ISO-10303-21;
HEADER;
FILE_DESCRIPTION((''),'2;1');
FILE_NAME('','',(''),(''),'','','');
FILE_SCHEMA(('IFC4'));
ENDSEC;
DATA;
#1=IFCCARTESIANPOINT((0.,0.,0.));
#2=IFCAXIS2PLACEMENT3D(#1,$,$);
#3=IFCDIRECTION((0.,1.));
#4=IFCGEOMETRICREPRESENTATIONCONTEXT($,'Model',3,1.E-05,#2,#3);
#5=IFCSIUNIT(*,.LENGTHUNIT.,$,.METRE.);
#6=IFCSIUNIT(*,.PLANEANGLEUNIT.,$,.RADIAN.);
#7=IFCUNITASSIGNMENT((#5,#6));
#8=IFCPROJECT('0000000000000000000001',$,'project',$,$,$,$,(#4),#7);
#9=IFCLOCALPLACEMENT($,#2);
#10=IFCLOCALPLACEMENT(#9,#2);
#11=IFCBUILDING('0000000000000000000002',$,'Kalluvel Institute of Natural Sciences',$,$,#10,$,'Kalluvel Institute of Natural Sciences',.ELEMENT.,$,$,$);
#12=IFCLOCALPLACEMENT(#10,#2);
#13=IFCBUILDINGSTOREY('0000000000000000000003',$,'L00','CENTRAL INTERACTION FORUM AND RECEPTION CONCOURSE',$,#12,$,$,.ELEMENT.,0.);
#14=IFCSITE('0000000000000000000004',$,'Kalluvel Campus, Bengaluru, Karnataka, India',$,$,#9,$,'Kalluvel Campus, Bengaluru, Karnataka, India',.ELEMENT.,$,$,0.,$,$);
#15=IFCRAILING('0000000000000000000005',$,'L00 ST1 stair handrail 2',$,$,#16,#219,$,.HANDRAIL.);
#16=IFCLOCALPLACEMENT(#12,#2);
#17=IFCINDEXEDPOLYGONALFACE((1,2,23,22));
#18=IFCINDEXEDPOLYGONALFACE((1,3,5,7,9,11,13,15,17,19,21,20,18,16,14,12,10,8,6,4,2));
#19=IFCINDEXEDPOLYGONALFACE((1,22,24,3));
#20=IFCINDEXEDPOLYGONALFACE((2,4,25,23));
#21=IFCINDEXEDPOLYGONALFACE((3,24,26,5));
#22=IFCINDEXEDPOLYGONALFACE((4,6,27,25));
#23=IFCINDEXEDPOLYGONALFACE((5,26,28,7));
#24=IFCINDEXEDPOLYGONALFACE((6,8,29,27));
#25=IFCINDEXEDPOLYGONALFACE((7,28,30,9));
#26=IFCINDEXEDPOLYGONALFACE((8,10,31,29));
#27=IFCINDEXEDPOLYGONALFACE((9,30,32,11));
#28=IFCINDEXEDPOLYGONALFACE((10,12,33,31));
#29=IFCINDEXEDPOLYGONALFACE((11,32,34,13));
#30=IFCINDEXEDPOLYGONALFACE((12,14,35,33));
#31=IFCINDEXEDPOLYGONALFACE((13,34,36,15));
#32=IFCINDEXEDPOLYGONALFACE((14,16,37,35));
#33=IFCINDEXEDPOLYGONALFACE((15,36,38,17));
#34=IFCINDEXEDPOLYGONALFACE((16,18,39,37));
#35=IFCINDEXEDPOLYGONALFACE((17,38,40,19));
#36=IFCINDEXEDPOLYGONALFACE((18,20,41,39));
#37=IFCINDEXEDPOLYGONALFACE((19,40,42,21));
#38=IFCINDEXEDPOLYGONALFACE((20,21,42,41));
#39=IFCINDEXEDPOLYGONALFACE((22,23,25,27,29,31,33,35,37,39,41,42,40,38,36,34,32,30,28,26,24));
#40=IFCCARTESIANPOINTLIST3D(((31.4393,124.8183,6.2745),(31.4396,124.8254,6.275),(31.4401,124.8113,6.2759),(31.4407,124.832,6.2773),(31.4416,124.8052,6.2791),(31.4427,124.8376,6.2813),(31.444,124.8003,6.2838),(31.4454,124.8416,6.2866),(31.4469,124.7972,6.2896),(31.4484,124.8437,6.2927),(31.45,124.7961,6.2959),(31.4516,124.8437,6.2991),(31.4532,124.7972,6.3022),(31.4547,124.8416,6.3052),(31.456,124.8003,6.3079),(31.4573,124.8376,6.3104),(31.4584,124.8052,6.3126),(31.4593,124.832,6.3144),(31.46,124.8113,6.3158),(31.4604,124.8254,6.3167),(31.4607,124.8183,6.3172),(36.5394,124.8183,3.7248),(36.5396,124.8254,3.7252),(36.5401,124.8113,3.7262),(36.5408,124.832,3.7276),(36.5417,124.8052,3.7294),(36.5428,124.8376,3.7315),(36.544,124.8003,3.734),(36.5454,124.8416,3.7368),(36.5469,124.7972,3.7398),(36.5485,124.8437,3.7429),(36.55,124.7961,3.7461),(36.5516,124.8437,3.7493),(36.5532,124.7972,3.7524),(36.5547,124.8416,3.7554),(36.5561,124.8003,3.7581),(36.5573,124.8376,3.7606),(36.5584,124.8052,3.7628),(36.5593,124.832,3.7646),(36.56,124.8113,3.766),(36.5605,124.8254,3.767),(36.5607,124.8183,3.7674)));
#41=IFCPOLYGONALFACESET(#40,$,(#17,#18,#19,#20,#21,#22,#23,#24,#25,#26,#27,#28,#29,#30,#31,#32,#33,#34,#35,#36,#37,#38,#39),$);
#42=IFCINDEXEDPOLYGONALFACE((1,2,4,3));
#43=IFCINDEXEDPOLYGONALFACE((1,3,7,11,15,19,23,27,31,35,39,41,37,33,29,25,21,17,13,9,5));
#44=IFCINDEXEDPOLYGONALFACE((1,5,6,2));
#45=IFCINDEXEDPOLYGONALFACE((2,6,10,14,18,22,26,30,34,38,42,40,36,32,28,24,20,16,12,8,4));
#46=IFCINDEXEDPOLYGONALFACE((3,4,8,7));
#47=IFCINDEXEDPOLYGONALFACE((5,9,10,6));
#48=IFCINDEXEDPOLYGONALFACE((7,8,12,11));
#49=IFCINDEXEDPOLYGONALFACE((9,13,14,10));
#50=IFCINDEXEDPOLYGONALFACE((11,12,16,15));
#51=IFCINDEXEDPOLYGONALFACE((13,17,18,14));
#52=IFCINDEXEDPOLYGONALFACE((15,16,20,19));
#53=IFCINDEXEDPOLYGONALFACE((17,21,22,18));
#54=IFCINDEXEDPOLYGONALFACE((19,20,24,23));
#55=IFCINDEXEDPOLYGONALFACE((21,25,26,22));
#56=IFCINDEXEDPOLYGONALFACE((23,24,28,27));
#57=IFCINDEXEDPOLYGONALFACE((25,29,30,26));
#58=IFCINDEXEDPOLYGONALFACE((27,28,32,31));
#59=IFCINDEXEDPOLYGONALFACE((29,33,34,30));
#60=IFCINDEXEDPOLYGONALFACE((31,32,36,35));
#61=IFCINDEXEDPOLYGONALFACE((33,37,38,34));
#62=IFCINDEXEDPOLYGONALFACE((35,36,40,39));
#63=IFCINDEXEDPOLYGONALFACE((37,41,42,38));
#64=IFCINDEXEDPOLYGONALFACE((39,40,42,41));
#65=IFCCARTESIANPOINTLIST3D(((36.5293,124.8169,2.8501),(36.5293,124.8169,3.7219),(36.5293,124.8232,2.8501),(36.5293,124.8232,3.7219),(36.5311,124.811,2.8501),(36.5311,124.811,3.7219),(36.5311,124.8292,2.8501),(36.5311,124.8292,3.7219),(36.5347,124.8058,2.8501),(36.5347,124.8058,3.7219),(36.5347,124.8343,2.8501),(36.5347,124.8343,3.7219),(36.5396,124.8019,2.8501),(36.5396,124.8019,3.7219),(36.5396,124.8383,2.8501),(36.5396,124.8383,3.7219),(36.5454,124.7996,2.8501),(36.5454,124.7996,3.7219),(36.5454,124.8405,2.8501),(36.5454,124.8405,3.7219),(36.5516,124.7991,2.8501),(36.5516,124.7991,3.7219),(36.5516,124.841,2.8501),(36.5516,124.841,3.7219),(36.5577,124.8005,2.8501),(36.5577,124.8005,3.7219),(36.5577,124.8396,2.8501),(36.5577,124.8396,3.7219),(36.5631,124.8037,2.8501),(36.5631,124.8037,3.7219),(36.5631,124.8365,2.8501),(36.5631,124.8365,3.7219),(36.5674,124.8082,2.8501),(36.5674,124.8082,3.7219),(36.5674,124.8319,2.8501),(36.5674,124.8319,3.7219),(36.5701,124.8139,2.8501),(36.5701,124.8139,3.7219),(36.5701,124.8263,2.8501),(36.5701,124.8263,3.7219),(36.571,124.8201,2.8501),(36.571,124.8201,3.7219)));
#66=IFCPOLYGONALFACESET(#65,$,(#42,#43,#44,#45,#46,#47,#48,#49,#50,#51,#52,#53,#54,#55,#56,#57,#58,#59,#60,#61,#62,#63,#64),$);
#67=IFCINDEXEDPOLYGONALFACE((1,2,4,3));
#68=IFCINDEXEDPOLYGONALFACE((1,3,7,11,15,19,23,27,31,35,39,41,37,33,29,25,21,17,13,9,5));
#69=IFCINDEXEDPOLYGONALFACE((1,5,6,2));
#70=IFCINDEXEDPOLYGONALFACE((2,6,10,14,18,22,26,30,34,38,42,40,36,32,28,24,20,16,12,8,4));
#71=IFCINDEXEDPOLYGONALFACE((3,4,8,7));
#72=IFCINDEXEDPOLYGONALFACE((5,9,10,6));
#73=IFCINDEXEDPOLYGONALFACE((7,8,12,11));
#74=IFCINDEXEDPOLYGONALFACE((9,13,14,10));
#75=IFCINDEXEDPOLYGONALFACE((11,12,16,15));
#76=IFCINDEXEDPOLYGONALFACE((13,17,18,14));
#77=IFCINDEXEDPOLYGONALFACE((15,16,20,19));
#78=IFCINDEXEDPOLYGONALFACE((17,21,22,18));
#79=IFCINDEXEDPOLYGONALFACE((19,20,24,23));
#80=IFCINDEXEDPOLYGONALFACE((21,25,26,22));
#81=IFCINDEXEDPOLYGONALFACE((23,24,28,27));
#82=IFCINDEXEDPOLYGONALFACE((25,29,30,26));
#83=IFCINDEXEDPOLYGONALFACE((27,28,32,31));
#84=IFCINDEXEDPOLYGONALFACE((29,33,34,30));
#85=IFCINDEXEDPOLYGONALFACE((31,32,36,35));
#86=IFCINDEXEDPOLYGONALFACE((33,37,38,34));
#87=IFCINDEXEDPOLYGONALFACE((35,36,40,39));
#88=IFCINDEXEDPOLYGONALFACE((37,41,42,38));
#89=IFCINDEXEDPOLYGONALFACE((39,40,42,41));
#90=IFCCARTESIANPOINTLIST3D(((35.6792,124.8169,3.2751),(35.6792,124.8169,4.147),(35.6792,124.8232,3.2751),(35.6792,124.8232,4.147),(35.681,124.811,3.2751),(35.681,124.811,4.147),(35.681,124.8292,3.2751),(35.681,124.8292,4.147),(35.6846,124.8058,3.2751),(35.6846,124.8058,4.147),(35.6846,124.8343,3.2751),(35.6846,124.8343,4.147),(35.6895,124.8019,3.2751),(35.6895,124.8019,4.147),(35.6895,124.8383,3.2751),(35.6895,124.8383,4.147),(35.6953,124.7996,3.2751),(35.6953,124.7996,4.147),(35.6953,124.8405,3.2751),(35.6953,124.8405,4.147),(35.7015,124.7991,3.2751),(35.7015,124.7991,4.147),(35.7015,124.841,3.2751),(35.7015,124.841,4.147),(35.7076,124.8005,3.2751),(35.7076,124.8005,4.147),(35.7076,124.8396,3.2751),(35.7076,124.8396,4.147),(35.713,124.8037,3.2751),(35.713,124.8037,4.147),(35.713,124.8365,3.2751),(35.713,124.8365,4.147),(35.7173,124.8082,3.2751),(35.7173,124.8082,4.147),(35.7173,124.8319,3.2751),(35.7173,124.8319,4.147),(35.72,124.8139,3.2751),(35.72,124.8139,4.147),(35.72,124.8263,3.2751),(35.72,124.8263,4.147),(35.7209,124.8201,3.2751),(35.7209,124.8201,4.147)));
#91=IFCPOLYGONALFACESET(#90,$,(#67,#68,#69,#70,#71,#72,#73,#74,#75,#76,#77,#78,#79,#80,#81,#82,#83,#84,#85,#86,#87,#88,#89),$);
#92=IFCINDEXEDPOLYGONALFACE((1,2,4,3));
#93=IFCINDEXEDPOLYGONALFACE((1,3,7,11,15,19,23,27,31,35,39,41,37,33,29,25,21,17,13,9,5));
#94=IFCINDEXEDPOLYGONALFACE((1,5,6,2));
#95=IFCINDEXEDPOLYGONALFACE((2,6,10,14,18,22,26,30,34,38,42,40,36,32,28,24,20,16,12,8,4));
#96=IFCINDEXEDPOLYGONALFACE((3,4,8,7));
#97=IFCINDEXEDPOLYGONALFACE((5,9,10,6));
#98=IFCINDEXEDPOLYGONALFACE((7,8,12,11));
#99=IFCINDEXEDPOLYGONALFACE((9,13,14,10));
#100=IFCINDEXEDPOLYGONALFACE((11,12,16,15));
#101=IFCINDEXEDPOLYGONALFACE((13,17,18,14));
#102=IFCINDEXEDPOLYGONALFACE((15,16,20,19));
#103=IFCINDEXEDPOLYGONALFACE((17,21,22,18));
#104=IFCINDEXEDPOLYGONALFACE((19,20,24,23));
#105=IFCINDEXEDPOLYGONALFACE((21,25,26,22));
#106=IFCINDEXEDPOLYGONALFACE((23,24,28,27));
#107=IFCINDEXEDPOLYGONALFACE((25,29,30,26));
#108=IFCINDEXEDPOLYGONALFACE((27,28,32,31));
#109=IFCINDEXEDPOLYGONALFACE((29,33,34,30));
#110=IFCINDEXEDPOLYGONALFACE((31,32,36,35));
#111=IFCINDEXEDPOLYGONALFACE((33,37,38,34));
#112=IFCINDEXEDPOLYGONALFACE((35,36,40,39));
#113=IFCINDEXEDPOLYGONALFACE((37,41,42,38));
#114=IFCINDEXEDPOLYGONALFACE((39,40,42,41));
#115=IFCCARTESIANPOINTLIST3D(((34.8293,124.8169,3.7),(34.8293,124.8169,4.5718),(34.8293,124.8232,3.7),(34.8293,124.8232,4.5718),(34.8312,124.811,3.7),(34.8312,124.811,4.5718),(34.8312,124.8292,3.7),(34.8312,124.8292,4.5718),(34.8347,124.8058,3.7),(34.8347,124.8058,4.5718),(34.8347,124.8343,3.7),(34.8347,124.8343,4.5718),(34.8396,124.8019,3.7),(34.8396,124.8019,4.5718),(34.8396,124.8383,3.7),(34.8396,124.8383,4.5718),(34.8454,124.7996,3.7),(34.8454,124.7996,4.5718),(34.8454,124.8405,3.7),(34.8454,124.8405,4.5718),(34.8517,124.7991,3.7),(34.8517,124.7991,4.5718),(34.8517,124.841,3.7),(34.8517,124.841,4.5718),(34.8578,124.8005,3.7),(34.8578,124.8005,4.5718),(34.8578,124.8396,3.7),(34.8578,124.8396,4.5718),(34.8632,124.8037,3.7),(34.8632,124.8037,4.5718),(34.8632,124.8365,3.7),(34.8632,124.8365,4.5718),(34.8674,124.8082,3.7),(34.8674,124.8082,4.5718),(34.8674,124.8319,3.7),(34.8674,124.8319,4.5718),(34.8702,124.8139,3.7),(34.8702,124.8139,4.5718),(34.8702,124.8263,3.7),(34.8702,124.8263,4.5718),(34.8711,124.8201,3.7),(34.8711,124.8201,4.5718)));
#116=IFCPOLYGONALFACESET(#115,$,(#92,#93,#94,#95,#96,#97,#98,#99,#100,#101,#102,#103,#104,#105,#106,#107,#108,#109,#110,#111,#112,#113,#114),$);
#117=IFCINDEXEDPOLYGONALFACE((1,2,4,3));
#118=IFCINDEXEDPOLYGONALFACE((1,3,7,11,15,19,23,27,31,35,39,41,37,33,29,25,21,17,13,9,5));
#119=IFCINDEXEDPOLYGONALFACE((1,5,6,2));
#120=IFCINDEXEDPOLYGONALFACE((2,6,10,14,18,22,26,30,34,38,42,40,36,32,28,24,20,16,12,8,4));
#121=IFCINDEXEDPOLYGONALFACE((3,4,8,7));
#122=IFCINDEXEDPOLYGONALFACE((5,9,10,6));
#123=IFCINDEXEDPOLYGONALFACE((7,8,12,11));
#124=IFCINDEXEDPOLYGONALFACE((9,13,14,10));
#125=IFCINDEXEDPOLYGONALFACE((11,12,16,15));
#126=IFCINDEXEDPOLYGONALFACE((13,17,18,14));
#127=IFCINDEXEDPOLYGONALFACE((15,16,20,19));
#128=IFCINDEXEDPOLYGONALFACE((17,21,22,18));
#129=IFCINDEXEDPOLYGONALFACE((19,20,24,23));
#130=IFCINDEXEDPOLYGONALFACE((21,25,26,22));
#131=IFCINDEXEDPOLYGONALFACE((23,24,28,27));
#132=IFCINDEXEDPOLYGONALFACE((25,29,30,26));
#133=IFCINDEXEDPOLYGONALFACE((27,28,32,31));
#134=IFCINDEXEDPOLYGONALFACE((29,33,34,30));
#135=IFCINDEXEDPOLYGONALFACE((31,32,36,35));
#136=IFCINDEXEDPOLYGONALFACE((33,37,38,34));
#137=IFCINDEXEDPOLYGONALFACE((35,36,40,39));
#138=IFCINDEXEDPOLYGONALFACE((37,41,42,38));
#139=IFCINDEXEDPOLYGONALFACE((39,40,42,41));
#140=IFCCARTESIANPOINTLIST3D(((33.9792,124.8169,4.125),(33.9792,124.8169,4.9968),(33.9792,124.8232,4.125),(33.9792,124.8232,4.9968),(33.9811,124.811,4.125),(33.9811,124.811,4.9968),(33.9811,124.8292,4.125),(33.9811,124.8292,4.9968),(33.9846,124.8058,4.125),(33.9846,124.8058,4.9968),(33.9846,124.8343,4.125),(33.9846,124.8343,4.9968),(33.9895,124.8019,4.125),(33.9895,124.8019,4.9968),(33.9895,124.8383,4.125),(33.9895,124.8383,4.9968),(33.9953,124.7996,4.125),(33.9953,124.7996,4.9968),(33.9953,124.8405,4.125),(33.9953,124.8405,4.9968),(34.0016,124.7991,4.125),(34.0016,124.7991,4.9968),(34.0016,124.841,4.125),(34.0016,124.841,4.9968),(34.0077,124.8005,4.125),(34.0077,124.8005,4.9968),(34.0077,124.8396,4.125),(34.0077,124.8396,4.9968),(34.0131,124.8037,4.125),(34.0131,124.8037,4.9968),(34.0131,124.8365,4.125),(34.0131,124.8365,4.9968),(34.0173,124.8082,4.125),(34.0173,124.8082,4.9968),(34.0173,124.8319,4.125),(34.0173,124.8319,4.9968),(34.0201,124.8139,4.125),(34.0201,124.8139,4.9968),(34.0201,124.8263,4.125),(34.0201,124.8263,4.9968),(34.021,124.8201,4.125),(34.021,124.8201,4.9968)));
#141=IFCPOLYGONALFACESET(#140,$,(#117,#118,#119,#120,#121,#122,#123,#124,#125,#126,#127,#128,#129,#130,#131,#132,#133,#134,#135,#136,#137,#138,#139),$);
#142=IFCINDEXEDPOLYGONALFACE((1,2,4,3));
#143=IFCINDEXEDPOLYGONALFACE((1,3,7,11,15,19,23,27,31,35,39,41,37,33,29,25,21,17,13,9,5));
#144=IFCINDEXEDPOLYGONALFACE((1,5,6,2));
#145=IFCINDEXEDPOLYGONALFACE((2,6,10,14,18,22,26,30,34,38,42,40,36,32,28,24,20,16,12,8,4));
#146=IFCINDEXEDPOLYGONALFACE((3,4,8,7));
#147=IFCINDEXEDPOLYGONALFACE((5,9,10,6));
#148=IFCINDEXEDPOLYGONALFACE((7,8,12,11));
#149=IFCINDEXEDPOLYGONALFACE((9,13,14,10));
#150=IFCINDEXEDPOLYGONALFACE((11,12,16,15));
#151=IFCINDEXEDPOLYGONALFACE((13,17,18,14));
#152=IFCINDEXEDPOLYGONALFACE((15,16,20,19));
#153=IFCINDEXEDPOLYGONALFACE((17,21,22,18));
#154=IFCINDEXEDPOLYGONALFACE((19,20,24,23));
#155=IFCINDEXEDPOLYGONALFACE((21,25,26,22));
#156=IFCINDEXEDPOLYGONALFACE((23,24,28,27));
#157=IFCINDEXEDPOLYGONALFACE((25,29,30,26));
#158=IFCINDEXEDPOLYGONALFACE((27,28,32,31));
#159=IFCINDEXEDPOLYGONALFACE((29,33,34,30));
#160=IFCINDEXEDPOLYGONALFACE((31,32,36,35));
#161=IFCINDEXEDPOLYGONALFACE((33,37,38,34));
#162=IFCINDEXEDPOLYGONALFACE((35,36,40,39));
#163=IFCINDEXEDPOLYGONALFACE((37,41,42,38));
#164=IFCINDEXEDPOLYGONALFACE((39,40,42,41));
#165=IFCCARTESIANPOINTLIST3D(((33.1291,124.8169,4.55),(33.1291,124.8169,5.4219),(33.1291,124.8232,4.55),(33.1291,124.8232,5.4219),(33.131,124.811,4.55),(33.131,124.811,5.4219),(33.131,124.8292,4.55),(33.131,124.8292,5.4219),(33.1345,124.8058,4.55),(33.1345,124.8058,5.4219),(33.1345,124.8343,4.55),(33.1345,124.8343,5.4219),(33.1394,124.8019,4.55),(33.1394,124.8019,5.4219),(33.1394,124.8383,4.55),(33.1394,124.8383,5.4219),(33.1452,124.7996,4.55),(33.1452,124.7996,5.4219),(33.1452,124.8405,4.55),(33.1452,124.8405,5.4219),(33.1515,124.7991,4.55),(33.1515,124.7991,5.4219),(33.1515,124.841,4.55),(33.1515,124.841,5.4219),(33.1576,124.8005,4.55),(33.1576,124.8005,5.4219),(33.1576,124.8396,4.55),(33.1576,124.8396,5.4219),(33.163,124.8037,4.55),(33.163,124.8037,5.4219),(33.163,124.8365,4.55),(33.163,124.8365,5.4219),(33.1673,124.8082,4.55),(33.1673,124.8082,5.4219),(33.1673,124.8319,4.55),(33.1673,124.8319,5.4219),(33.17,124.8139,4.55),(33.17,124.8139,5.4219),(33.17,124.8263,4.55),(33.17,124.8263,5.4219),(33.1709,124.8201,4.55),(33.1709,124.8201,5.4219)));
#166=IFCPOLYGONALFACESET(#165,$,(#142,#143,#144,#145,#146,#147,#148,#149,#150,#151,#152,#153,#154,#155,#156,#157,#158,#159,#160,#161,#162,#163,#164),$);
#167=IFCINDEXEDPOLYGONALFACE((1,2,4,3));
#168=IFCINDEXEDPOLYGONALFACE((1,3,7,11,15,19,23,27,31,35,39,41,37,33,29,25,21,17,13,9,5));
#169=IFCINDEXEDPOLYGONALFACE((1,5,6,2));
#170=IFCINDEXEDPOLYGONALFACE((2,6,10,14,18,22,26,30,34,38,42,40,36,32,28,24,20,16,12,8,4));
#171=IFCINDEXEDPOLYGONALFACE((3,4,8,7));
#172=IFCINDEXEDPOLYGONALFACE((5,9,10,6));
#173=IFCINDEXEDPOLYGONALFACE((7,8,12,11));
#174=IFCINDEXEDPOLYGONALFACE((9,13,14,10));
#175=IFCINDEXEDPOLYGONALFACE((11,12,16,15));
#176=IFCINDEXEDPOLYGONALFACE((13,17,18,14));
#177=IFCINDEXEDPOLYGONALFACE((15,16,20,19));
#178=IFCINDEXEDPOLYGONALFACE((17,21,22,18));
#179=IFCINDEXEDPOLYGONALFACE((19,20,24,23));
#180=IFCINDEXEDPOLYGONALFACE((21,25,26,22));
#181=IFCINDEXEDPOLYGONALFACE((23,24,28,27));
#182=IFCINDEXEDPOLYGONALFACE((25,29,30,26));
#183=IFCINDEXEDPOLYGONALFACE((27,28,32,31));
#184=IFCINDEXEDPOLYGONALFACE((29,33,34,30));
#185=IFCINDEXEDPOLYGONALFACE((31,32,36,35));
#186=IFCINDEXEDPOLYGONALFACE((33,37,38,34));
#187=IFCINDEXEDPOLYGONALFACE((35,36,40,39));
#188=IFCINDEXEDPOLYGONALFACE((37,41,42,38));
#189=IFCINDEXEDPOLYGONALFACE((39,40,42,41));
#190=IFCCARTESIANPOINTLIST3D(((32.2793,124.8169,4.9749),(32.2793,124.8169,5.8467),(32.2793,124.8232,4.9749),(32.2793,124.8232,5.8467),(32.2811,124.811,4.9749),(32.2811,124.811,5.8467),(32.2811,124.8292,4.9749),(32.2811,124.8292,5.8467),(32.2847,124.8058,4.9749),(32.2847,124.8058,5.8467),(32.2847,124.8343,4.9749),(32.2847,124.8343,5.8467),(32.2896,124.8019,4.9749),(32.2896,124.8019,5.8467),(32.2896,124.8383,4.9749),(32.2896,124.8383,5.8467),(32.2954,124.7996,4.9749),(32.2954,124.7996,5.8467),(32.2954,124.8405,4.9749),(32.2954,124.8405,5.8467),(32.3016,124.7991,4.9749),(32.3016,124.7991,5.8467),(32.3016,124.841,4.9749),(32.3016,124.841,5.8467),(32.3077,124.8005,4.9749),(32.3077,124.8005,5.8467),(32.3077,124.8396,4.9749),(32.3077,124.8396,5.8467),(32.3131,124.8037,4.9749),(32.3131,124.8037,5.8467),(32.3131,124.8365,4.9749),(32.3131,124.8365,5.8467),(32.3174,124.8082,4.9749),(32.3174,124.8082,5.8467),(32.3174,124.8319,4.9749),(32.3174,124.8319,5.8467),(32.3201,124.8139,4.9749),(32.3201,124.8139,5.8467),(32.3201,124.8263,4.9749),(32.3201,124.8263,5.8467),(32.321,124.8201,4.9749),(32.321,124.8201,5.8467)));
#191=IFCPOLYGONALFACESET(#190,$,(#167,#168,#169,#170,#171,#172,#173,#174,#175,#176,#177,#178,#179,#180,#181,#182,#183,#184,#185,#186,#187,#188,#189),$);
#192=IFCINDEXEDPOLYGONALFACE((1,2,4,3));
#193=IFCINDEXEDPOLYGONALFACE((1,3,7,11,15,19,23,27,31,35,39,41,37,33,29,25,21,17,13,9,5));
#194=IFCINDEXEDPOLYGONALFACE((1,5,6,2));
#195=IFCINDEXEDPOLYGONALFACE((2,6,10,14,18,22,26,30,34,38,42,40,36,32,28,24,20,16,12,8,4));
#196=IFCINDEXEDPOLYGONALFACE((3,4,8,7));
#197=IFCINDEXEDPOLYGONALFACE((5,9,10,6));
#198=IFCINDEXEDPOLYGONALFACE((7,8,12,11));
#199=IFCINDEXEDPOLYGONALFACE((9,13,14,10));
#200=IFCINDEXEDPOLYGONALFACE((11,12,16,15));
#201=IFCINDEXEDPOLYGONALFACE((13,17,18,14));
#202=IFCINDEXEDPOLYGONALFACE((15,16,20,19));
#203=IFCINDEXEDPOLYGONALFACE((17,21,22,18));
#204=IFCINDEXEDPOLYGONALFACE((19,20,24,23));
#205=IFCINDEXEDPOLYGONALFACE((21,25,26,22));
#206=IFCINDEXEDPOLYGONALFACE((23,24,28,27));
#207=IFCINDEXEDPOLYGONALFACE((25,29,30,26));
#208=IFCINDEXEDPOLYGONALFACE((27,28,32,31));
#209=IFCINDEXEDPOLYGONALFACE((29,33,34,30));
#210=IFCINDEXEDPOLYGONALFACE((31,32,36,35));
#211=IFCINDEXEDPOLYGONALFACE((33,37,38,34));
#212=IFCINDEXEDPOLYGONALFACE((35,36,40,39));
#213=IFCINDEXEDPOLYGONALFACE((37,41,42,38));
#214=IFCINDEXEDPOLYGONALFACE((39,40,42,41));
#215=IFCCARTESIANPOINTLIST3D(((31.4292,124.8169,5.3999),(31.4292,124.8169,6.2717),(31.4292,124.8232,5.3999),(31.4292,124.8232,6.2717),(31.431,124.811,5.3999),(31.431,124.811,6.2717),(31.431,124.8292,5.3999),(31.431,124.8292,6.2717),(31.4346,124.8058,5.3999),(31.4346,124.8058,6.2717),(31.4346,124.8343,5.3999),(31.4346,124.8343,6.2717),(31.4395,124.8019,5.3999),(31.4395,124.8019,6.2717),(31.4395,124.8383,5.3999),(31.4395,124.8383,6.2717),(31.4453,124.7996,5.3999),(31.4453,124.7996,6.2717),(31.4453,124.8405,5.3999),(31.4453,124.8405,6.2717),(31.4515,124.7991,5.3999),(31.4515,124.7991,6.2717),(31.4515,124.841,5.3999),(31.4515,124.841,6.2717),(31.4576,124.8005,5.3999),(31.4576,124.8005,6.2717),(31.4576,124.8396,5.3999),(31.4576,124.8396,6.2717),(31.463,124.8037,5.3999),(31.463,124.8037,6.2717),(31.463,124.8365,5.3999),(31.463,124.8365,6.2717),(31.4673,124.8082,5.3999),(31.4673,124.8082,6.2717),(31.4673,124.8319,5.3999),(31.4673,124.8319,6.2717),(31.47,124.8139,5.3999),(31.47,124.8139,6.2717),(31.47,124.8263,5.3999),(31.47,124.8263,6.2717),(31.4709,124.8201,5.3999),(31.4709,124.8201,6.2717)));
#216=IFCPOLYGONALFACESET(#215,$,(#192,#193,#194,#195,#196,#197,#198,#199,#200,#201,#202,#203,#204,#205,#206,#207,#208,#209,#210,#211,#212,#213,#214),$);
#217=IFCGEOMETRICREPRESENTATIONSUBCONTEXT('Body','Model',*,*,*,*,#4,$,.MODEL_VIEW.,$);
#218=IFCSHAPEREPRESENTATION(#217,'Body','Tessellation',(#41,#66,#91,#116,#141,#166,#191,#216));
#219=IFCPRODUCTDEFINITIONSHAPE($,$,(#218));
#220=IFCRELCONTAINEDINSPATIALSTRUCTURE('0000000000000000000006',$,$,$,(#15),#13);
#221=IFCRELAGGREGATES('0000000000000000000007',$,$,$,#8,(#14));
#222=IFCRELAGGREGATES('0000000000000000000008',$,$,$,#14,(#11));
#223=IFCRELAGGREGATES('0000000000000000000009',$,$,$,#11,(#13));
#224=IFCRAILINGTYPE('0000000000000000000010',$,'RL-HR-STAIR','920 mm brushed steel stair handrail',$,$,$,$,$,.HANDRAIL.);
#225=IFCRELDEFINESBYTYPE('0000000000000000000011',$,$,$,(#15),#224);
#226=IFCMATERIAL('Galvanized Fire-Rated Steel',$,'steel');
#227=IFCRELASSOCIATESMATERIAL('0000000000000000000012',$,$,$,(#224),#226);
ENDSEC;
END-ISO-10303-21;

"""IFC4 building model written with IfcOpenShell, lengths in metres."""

from ifc_helpers import new_model, si_unit, direction, frame, origin, origin_2d, place, context, subcontext, project, spatial, circle, extrude, material, type_object, element, save


model = new_model("IFC4")

# Units and contexts
model_context = context("Model", 3, precision=1e-05, world=origin(), true_north=direction((0.0, 1.0)))
body_context = subcontext(model_context, "Body", "Model", "MODEL_VIEW")
ifc_project = project(units=[si_unit("LENGTHUNIT", "METRE"), si_unit("PLANEANGLEUNIT", "RADIAN")], contexts=[model_context])

# Site, building, storey
site_placement = place(None, origin())
site = spatial("IfcSite", under=ifc_project, at=site_placement, Name="Kalluvel Campus, Bengaluru, Karnataka, India", LongName="Kalluvel Campus, Bengaluru, Karnataka, India", CompositionType="ELEMENT", RefElevation=0.0)
building_placement = place(site_placement, origin())
building = spatial("IfcBuilding", under=site, at=building_placement, Name="Kalluvel Institute of Natural Sciences", LongName="Kalluvel Institute of Natural Sciences", CompositionType="ELEMENT")
storey_placement = place(building_placement, origin())
storey = spatial("IfcBuildingStorey", under=building, at=storey_placement, Name="L00", Description="CENTRAL INTERACTION FORUM AND RECEPTION CONCOURSE", CompositionType="ELEMENT", Elevation=0.0)

# Shared definitions
ifc_material_1 = material(Name="Galvanized Fire-Rated Steel", Category="steel")

# Railing
railing_type_1 = type_object("IfcRailingType", Name="RL-HR-STAIR", Description="920 mm brushed steel stair handrail", PredefinedType="HANDRAIL", material=ifc_material_1)
railing_1_placement = place(storey_placement, frame((36.55, 124.8201, 2.8501)))
element("IfcRailing", 1, at=railing_1_placement, inside=storey, type_object=railing_type_1, Name="L00 ST1 stair handrail 2", PredefinedType="HANDRAIL", context=body_context, shape_type="SweptSolid", body=[
    extrude(circle(Radius=0.0239, at=origin_2d()), frame((0.0, 0.0, 0.896), z_axis=(-0.894444, 0.0, 0.447179), x_axis=(0.0, -1.0, 0.0)), (0.0, 0.0, 1.0), 5.7019),
    extrude(circle(Radius=0.021, at=origin_2d()), origin(), (0.0, 0.0, 1.0), 0.8718),
    extrude(circle(Radius=0.021, at=origin_2d()), frame((-0.8501, 0.0, 0.425)), (0.0, 0.0, 1.0), 0.8718),
    extrude(circle(Radius=0.021, at=origin_2d()), frame((-1.7, 0.0, 0.8499)), (0.0, 0.0, 1.0), 0.8718),
    extrude(circle(Radius=0.021, at=origin_2d()), frame((-2.55, 0.0, 1.2749)), (0.0, 0.0, 1.0), 0.8718),
    extrude(circle(Radius=0.021, at=origin_2d()), frame((-3.4001, 0.0, 1.7)), (0.0, 0.0, 1.0), 0.8718),
    extrude(circle(Radius=0.021, at=origin_2d()), frame((-4.25, 0.0, 2.1248)), (0.0, 0.0, 1.0), 0.8718),
    extrude(circle(Radius=0.021, at=origin_2d()), frame((-5.1001, 0.0, 2.5498)), (0.0, 0.0, 1.0), 0.8718),
])

save(model, "model.ifc")
